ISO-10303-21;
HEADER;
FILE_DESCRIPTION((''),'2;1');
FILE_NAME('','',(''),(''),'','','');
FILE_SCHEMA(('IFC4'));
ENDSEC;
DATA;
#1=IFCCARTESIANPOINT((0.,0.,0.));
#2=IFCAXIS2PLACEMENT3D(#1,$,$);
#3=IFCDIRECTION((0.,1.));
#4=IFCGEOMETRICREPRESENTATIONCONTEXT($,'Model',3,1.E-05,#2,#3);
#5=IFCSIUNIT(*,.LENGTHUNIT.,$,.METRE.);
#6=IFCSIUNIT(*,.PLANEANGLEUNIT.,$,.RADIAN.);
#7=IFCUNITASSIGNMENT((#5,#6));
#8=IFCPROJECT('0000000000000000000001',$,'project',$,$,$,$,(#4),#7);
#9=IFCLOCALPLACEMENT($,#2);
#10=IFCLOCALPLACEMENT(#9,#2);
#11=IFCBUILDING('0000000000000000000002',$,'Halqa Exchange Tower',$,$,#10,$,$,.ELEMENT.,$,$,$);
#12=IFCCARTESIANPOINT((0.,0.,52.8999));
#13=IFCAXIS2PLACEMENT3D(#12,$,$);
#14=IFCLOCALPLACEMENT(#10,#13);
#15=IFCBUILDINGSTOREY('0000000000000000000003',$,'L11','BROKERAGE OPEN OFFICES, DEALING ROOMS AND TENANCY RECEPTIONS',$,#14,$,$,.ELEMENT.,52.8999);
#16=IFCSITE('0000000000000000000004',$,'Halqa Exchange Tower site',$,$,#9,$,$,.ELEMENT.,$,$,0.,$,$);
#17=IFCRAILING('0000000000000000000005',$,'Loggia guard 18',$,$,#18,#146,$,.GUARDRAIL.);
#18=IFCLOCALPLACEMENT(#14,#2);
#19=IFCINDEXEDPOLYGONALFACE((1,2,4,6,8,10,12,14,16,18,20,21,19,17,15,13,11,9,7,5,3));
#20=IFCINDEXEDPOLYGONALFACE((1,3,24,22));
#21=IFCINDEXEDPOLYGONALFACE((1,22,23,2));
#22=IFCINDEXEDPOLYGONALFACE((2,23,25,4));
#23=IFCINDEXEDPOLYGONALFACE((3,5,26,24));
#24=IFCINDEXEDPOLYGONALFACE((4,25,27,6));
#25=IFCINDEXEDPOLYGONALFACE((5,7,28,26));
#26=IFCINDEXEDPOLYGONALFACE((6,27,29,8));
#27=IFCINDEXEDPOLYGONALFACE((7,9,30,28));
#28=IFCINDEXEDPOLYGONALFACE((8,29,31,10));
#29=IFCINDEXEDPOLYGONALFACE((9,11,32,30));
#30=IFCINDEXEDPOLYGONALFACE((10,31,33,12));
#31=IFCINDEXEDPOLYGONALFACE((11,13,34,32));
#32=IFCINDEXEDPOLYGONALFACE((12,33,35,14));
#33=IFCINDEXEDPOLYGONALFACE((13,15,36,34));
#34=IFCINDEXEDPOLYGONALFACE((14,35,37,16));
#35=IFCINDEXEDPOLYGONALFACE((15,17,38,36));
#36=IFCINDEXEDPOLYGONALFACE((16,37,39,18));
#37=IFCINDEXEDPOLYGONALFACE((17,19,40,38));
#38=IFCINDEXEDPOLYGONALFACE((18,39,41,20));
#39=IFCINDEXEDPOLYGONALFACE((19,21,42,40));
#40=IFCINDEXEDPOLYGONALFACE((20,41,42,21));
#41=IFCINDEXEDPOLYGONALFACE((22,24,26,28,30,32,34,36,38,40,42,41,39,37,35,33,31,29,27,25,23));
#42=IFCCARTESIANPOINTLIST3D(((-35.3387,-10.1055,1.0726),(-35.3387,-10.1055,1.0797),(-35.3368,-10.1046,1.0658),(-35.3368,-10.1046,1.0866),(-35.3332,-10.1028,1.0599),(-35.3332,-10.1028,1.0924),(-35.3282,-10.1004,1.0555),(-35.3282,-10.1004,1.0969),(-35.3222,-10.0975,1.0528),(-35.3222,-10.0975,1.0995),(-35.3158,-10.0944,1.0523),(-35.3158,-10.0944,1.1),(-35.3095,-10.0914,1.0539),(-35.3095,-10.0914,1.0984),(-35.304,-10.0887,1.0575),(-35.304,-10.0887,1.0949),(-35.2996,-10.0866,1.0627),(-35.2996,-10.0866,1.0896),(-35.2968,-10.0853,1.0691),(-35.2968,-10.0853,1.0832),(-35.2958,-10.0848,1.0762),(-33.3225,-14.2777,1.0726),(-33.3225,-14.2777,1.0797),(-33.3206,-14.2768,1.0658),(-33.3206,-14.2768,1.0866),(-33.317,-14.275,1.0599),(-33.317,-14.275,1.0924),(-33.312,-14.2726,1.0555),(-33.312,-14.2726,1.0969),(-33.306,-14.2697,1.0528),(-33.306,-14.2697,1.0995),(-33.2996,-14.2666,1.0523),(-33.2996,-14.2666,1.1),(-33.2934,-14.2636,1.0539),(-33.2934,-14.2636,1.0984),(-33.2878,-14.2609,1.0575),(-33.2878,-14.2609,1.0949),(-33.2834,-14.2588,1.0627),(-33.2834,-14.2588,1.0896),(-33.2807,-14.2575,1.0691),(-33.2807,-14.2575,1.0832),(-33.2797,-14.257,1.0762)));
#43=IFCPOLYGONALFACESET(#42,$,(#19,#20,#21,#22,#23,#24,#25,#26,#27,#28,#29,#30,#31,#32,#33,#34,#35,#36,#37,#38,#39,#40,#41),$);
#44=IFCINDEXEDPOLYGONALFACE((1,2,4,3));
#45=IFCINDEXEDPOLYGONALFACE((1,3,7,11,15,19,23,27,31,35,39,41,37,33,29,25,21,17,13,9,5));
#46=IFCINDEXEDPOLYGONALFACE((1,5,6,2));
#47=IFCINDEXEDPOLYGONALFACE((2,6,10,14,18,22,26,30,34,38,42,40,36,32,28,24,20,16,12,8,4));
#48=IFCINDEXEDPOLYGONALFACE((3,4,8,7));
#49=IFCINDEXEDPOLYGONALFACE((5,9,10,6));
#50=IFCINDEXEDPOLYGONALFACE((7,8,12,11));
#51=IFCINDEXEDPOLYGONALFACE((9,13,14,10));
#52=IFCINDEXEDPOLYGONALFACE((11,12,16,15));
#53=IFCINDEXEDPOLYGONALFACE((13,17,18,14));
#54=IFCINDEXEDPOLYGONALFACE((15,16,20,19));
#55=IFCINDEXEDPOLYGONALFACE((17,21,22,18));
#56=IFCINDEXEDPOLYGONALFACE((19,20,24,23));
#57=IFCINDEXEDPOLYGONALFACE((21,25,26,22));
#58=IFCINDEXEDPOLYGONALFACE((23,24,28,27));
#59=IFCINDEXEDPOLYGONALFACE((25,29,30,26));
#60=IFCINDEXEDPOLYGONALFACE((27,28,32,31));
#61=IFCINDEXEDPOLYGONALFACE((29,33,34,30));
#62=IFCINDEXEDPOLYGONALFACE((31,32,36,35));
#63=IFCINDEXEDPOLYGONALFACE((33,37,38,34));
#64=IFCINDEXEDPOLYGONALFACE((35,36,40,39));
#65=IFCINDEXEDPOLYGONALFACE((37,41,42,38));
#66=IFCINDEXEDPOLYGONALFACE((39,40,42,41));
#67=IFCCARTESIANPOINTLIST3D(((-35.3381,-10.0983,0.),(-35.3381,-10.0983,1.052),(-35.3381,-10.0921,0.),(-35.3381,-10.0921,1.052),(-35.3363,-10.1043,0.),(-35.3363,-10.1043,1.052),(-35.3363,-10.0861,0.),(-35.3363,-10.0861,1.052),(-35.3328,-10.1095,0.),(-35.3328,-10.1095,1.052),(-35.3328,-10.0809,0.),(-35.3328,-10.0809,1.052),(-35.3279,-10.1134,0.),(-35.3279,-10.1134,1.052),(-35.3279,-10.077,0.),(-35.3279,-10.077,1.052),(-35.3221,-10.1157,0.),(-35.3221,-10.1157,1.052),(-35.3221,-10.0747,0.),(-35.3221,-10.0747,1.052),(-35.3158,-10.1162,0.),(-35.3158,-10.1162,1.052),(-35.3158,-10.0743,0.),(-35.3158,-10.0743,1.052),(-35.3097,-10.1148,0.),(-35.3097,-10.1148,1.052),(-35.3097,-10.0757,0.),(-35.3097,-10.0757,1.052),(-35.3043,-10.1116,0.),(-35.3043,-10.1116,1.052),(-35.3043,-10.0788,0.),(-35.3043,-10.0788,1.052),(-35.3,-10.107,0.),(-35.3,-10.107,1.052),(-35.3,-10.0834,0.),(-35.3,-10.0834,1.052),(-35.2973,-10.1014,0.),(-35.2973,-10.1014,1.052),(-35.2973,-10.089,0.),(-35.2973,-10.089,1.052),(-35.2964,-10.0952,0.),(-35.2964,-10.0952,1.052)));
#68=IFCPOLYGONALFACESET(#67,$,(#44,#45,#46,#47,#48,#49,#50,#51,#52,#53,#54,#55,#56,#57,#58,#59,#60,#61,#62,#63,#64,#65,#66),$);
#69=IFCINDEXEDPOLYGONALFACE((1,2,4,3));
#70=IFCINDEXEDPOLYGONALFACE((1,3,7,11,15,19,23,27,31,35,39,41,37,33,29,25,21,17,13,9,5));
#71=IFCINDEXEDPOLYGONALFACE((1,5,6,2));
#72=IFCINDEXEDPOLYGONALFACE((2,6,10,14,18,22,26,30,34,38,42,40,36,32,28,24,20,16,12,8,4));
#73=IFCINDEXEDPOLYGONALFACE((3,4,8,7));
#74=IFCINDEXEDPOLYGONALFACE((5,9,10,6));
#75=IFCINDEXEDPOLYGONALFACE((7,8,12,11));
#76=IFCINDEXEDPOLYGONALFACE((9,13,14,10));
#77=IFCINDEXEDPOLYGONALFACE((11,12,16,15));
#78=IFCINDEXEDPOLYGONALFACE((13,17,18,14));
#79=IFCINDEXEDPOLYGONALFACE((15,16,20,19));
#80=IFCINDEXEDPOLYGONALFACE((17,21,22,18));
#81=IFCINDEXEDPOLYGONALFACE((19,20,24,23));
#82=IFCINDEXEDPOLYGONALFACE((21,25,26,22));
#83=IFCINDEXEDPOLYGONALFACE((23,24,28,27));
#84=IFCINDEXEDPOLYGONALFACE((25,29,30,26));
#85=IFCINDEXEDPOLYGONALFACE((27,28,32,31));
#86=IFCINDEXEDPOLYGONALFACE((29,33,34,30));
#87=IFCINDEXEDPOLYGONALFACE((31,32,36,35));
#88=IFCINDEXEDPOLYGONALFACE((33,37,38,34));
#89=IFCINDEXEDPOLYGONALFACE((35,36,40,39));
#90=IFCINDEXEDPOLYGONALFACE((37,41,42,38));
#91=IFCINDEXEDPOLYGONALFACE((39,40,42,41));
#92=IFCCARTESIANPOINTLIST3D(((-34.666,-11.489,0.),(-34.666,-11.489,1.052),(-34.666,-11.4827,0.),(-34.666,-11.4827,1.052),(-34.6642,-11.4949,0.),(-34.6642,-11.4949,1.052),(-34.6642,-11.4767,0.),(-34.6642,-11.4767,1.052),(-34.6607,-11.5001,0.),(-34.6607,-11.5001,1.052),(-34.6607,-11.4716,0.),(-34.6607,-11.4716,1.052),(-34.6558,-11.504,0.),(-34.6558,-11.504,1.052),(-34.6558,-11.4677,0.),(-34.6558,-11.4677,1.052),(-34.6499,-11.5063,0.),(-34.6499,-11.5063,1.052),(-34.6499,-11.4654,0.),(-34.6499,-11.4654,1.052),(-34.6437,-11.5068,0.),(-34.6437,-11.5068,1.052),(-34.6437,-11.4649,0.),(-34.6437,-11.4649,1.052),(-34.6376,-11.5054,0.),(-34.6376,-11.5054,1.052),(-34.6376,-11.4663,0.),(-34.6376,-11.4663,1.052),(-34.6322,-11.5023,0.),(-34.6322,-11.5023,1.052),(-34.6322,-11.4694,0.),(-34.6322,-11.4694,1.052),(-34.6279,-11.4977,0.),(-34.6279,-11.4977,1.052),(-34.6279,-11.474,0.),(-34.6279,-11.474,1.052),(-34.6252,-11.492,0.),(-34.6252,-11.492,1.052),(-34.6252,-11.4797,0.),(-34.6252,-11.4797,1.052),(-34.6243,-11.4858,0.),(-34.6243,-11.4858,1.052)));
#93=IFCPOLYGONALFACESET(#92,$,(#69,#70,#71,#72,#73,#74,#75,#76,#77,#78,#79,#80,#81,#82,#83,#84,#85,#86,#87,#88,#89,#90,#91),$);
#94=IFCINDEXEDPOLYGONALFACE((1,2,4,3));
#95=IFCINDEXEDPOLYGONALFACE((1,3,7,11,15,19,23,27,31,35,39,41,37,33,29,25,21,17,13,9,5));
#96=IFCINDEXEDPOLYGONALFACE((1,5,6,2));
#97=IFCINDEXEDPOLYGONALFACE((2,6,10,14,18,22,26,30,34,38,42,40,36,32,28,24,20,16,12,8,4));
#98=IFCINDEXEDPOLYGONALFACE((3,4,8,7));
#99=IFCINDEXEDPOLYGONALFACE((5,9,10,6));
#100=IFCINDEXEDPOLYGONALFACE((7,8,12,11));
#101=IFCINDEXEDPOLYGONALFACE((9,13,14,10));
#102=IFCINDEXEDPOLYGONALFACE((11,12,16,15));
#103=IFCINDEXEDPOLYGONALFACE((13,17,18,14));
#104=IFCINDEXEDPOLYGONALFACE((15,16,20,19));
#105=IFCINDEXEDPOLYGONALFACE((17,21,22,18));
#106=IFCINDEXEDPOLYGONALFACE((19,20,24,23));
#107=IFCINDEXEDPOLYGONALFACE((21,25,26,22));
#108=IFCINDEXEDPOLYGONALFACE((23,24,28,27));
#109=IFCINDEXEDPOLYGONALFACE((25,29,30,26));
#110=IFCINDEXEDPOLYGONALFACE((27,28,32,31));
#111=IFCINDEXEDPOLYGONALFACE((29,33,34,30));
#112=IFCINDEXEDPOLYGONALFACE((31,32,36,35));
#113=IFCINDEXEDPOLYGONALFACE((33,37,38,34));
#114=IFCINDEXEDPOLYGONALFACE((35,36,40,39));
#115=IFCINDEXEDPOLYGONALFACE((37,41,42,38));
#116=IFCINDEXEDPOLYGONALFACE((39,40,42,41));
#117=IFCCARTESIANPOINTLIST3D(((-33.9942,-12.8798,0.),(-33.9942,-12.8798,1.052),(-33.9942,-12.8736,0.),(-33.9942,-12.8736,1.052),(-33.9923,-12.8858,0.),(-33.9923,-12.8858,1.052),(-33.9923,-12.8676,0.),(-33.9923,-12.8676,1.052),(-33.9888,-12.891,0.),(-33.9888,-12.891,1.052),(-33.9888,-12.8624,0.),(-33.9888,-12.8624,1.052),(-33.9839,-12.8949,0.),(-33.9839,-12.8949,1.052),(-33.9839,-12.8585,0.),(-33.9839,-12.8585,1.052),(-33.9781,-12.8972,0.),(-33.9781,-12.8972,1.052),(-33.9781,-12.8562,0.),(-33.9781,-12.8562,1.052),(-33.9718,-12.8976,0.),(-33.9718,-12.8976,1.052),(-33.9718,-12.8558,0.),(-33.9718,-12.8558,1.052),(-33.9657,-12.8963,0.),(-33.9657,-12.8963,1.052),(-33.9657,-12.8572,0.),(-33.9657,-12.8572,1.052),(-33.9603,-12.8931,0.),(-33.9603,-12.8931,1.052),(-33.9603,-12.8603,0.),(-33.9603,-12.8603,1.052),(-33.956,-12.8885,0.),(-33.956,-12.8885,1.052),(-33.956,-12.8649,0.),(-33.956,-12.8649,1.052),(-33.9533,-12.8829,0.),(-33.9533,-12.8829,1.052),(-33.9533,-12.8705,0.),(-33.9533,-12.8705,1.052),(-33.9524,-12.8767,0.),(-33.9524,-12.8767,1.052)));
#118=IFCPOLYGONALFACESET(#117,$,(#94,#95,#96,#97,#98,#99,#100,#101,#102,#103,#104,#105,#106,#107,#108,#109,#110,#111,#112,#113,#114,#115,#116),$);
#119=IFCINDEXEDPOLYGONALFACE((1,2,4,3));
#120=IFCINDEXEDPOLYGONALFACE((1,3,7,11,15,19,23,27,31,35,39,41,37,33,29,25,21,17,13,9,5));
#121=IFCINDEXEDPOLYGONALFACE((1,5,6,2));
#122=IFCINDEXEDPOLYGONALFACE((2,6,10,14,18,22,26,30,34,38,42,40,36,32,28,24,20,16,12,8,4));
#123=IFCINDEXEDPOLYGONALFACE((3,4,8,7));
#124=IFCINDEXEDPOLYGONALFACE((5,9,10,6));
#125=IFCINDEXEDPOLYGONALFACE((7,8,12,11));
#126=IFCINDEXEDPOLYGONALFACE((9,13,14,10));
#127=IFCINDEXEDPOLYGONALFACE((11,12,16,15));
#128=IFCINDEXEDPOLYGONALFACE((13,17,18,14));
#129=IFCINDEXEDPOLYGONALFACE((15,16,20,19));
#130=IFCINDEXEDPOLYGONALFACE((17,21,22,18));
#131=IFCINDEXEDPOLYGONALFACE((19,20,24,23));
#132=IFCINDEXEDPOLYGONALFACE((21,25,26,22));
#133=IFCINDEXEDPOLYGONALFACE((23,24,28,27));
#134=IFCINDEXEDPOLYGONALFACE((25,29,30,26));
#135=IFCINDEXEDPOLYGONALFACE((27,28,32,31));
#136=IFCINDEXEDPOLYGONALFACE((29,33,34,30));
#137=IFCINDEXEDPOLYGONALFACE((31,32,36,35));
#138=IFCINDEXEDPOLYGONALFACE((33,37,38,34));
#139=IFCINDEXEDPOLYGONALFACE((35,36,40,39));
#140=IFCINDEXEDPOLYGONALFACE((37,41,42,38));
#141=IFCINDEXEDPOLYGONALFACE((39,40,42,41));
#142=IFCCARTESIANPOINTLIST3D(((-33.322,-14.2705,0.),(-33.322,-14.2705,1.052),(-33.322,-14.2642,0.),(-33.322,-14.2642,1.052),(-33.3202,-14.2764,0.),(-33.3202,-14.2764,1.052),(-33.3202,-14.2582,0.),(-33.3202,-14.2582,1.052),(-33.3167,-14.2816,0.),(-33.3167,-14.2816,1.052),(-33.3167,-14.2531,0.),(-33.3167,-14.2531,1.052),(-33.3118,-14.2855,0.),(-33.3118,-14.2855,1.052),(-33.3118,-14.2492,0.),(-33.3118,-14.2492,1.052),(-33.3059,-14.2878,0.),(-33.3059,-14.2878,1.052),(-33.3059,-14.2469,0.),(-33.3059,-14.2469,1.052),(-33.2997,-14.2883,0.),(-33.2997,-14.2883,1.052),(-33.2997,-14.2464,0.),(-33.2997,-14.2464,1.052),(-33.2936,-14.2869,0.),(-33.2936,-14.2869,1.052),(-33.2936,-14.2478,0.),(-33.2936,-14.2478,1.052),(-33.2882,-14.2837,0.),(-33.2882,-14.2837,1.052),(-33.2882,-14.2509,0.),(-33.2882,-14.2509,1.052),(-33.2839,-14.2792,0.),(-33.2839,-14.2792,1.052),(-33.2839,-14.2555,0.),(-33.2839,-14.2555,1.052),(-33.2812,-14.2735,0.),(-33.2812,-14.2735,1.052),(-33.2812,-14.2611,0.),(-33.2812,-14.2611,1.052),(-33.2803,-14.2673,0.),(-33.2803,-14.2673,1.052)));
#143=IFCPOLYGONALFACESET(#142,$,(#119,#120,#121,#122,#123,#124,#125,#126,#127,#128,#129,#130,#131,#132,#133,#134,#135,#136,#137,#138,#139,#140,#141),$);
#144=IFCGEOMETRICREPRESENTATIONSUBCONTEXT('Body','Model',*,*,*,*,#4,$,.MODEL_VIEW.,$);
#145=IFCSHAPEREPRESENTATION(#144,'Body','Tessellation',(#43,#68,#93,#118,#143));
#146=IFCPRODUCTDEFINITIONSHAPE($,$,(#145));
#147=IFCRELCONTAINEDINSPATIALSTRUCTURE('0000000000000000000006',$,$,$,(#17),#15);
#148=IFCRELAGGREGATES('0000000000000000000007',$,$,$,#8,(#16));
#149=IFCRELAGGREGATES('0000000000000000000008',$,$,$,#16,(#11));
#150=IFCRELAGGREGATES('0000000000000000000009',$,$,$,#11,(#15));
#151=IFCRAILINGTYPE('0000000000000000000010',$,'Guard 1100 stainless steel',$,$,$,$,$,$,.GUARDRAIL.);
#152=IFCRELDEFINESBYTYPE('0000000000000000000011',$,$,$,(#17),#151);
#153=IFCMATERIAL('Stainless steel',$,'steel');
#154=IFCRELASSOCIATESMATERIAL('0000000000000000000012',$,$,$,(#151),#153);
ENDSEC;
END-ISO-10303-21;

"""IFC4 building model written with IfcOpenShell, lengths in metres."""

from ifc_helpers import new_model, si_unit, direction, frame, origin, origin_2d, place, context, subcontext, project, spatial, circle, extrude, material, type_object, element, save


model = new_model("IFC4")

# Units and contexts
model_context = context("Model", 3, precision=1e-05, world=origin(), true_north=direction((0.0, 1.0)))
body_context = subcontext(model_context, "Body", "Model", "MODEL_VIEW")
ifc_project = project(units=[si_unit("LENGTHUNIT", "METRE"), si_unit("PLANEANGLEUNIT", "RADIAN")], contexts=[model_context])

# Site, building, storey
site_placement = place(None, origin())
site = spatial("IfcSite", under=ifc_project, at=site_placement, Name="Halqa Exchange Tower site", CompositionType="ELEMENT", RefElevation=0.0)
building_placement = place(site_placement, origin())
building = spatial("IfcBuilding", under=site, at=building_placement, Name="Halqa Exchange Tower", CompositionType="ELEMENT")
storey_placement = place(building_placement, frame((0.0, 0.0, 52.8999)))
storey = spatial("IfcBuildingStorey", under=building, at=storey_placement, Name="L11", Description="BROKERAGE OPEN OFFICES, DEALING ROOMS AND TENANCY RECEPTIONS", CompositionType="ELEMENT", Elevation=52.8999)

# Railing
ifc_material_1 = material(Name="Stainless steel", Category="steel")
railing_type = type_object("IfcRailingType", Name="Guard 1100 stainless steel", PredefinedType="GUARDRAIL", material=ifc_material_1)
railing_1_placement = place(storey_placement, frame((-35.3174, -10.0952, 0.0)))
element("IfcRailing", 1, at=railing_1_placement, inside=storey, type_object=railing_type, Name="Loggia guard 18", PredefinedType="GUARDRAIL", context=body_context, shape_type="SweptSolid", body=[
    extrude(circle(Radius=0.0239, at=origin_2d()), frame((0.0, 0.0, 1.0762), z_axis=(0.435097, -0.900384, 0.0), x_axis=(0.900384, 0.435097, 0.0)), (0.0, 0.0, 1.0), 4.6338),
    extrude(circle(Radius=0.021, at=origin_2d()), origin(), (0.0, 0.0, 1.0), 1.052),
    extrude(circle(Radius=0.021, at=origin_2d()), frame((0.6721, -1.3906, 0.0)), (0.0, 0.0, 1.0), 1.052),
    extrude(circle(Radius=0.021, at=origin_2d()), frame((1.344, -2.7815, 0.0)), (0.0, 0.0, 1.0), 1.052),
    extrude(circle(Radius=0.021, at=origin_2d()), frame((2.0161, -4.1721, 0.0)), (0.0, 0.0, 1.0), 1.052),
])

save(model, "model.ifc")
